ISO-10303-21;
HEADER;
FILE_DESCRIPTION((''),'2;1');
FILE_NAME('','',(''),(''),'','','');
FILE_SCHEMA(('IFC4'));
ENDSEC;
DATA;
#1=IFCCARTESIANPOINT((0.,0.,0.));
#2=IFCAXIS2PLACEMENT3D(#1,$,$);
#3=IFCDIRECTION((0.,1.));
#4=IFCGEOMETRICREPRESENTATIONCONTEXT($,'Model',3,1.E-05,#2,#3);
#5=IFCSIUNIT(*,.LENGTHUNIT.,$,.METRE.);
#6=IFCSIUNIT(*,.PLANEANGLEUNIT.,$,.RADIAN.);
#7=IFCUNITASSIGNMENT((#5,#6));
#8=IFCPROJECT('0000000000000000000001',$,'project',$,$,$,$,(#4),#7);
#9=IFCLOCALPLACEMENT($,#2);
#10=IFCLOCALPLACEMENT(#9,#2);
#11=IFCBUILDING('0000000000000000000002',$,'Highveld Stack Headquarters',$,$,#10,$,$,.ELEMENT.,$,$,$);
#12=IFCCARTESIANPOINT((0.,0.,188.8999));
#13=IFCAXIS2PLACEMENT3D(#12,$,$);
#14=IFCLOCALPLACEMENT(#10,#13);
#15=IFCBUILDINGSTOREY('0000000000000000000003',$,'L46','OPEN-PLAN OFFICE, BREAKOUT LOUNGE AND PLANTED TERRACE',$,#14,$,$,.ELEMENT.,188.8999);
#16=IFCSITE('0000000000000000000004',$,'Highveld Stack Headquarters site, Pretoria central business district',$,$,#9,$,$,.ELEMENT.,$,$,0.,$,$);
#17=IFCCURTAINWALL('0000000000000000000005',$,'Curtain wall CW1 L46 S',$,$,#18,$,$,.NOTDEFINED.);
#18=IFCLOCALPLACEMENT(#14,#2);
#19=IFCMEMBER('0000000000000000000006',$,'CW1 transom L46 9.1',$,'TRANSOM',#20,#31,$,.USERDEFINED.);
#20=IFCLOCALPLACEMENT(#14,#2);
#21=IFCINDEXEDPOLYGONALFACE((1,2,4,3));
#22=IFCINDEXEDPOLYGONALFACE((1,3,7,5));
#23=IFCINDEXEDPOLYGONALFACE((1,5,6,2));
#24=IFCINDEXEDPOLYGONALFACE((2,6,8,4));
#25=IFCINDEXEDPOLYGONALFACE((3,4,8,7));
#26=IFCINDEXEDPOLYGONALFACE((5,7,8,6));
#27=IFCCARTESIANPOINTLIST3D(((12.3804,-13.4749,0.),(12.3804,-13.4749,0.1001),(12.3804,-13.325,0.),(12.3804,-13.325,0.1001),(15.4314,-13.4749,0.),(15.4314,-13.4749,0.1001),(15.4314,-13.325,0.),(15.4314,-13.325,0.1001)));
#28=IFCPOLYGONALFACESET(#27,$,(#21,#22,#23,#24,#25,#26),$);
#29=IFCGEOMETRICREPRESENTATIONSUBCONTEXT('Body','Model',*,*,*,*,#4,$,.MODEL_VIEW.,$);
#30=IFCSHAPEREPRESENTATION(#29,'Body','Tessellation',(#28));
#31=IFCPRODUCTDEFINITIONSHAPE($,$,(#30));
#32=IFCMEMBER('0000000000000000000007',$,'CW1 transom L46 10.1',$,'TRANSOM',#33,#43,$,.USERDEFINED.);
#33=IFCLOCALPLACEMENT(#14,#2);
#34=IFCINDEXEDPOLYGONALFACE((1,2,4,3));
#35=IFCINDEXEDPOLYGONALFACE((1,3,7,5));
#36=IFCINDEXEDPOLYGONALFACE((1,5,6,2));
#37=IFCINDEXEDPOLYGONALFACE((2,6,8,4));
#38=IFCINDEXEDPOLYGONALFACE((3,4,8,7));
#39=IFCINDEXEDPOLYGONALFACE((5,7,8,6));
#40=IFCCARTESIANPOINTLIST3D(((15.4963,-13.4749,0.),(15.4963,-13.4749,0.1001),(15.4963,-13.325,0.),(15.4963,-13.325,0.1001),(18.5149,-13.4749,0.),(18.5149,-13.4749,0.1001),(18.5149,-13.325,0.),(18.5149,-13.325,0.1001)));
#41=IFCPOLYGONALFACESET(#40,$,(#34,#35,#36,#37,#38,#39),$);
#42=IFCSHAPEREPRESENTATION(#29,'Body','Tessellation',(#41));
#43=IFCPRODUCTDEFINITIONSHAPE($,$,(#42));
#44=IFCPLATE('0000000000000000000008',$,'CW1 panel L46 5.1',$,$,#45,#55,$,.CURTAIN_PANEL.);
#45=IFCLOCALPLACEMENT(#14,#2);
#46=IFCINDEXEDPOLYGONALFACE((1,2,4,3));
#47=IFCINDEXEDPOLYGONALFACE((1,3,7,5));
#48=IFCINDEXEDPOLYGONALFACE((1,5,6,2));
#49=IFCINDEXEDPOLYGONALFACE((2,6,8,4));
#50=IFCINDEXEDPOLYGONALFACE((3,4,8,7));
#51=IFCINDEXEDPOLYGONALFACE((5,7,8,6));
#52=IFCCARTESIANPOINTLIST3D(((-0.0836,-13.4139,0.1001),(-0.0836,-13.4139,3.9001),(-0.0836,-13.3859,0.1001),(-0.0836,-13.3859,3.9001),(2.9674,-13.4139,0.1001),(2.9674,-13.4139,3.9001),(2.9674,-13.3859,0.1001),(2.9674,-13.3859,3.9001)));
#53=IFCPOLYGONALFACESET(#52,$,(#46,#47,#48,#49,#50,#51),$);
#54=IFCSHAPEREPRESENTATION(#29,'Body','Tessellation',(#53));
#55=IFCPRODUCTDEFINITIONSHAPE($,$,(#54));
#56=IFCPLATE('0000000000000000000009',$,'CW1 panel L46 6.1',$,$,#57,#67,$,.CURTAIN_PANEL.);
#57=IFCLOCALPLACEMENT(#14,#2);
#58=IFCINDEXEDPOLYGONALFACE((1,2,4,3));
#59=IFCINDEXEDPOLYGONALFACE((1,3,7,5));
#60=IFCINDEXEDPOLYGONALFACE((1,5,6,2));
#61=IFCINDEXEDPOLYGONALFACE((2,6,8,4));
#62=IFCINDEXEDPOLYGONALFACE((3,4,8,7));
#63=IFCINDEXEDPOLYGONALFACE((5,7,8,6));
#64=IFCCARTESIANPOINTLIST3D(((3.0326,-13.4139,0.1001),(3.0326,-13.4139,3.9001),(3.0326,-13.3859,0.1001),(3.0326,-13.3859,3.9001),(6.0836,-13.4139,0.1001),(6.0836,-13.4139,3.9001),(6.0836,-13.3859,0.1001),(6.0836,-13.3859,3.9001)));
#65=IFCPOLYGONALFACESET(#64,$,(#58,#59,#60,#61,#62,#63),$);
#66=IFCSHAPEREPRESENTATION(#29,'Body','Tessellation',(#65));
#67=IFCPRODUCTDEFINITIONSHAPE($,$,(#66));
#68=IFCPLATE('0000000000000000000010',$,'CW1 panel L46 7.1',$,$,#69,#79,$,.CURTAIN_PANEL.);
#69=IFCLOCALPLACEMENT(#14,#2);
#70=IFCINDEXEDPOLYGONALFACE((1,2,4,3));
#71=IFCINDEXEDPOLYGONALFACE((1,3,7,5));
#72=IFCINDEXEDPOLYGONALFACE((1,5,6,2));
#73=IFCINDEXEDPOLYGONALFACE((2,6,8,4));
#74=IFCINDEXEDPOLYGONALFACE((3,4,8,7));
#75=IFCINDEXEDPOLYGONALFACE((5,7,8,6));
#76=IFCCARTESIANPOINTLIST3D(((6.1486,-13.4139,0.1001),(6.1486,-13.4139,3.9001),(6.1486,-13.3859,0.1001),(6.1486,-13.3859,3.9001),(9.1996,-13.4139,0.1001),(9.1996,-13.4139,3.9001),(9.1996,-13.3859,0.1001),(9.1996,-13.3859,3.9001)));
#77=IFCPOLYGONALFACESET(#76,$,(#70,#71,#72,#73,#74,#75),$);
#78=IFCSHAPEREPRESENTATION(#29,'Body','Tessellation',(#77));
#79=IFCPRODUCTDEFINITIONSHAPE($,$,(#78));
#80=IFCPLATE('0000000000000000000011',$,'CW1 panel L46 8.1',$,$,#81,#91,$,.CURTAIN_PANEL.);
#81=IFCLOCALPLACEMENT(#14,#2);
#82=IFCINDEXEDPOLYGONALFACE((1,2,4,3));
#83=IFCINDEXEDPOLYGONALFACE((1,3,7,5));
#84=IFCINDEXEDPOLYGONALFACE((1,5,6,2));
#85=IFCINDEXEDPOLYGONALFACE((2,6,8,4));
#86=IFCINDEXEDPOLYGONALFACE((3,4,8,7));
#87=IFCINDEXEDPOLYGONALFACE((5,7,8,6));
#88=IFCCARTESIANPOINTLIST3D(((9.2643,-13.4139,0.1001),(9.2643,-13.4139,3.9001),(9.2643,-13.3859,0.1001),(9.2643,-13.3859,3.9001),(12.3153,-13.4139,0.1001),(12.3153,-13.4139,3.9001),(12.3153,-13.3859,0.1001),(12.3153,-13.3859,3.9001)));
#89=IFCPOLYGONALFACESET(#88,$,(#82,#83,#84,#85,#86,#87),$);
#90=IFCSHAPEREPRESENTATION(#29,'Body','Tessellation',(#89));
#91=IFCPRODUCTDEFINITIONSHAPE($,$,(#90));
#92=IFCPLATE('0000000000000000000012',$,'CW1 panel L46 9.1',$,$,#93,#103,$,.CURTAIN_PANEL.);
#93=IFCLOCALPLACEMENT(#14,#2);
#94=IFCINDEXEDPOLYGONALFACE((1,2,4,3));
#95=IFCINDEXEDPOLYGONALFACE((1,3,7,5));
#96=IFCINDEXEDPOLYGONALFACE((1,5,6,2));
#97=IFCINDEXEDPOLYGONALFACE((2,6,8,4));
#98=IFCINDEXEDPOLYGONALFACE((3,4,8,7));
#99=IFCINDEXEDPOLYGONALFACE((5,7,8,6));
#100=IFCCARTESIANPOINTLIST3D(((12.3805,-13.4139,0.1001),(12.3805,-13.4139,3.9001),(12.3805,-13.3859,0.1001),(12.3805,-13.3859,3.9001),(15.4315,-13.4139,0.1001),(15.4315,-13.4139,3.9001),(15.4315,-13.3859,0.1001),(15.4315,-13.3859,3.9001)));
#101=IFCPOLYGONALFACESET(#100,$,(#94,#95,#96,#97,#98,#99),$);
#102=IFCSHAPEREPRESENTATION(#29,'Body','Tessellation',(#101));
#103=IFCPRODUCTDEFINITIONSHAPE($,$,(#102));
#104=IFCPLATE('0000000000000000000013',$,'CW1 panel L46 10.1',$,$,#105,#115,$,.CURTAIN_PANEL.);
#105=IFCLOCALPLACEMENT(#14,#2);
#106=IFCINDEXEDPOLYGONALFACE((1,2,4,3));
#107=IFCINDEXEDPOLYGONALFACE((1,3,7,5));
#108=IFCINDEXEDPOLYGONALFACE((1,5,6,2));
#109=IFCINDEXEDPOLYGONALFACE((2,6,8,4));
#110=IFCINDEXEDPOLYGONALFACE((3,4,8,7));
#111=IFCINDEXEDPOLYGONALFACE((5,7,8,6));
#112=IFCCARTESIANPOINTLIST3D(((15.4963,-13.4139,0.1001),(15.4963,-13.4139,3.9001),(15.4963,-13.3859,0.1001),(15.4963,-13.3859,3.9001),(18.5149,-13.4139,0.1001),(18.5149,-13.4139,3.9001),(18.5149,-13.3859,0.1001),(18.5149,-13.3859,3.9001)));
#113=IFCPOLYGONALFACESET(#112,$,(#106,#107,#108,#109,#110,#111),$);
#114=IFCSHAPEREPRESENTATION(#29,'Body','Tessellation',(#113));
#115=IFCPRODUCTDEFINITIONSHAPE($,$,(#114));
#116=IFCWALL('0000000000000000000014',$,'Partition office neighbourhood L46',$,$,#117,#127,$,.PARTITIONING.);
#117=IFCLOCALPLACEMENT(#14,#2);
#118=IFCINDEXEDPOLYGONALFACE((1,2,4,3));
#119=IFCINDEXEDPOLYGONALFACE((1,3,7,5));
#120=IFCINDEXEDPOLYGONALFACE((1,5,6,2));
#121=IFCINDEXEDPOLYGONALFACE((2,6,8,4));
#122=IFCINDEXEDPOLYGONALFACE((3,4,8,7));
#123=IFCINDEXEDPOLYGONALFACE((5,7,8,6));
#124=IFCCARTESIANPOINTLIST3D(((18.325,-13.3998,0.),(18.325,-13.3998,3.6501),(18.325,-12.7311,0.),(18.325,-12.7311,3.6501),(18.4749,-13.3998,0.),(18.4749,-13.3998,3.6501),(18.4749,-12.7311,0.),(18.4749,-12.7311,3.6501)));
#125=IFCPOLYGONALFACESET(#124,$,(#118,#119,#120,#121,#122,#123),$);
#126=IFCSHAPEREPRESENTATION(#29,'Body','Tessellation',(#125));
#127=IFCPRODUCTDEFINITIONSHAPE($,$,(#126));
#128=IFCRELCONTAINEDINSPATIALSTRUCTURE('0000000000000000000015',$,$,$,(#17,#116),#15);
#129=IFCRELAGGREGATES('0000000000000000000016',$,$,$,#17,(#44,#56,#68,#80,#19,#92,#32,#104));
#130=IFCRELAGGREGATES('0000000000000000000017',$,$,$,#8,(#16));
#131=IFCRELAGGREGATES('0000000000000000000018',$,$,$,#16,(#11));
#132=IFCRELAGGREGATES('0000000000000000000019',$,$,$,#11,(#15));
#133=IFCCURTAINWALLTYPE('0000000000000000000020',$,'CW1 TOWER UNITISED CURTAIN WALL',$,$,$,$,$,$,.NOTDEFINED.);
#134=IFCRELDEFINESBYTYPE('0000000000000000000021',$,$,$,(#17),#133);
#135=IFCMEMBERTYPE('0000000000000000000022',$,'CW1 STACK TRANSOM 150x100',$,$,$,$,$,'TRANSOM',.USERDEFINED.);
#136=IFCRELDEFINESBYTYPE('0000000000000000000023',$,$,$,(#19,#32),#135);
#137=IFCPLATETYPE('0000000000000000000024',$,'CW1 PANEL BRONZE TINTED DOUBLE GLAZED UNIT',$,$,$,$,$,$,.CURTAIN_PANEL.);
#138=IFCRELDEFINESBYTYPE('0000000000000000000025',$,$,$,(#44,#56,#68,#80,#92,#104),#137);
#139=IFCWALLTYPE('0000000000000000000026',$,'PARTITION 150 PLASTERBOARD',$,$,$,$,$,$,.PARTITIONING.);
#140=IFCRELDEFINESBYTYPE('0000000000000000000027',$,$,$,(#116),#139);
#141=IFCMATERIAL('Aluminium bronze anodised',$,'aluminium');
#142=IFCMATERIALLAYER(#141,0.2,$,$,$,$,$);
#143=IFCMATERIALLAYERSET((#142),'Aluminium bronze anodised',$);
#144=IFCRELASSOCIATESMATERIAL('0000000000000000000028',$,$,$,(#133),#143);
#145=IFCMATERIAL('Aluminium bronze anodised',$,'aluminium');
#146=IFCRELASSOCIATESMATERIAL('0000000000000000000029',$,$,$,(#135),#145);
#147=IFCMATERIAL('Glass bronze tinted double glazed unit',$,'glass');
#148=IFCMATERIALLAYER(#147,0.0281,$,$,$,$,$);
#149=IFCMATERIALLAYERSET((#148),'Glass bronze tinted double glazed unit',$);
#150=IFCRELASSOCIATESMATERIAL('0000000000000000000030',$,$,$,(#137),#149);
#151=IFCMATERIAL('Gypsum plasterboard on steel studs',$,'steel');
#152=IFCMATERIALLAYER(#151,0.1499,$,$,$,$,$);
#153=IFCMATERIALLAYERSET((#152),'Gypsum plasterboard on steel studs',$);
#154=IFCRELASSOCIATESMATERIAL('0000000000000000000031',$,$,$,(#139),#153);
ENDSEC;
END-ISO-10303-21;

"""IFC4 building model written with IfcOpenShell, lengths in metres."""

from ifc_helpers import new_model, si_unit, direction, frame, frame_2d, origin, origin_2d, place, context, subcontext, project, spatial, rectangle, extrude, material, layer, layer_set, material_profile, profile_set, type_object, element, aggregate, save


model = new_model("IFC4")

# Units and contexts
model_context = context("Model", 3, precision=1e-05, world=origin(), true_north=direction((0.0, 1.0)))
body_context = subcontext(model_context, "Body", "Model", "MODEL_VIEW")
ifc_project = project(units=[si_unit("LENGTHUNIT", "METRE"), si_unit("PLANEANGLEUNIT", "RADIAN")], contexts=[model_context])

# Site, building, storey
site_placement = place(None, origin())
site = spatial("IfcSite", under=ifc_project, at=site_placement, Name="Highveld Stack Headquarters site, Pretoria central business district", CompositionType="ELEMENT", RefElevation=0.0)
building_placement = place(site_placement, origin())
building = spatial("IfcBuilding", under=site, at=building_placement, Name="Highveld Stack Headquarters", CompositionType="ELEMENT")
storey_placement = place(building_placement, frame((0.0, 0.0, 188.8999)))
storey = spatial("IfcBuildingStorey", under=building, at=storey_placement, Name="L46", Description="OPEN-PLAN OFFICE, BREAKOUT LOUNGE AND PLANTED TERRACE", CompositionType="ELEMENT", Elevation=188.8999)

# Curtain wall, members, plates
ifc_material_1 = material(Name="Aluminium bronze anodised", Category="aluminium")
ifc_layer_1 = layer(ifc_material_1, 0.2)
ifc_layer_set_1 = layer_set([ifc_layer_1], Name="Aluminium bronze anodised")
curtain_wall_type = type_object("IfcCurtainWallType", Name="CW1 TOWER UNITISED CURTAIN WALL", PredefinedType="NOTDEFINED", material=ifc_layer_set_1)
curtain_wall_placement = place(storey_placement, origin())
curtain_wall = element("IfcCurtainWall", 1, at=curtain_wall_placement, inside=storey, type_object=curtain_wall_type, Name="Curtain wall CW1 L46 S", PredefinedType="NOTDEFINED")
ifc_material_2 = material(Name="Aluminium bronze anodised", Category="aluminium")
ifc_material_profile_1 = material_profile(ifc_material_2, rectangle(XDim=0.1499, YDim=0.1001, at=origin_2d()), Name="CW1 TRANSOM 150x100")
ifc_profile_set_1 = profile_set([ifc_material_profile_1], Name="Aluminium bronze anodised")
member_type_1 = type_object("IfcMemberType", Name="CW1 STACK TRANSOM 150x100", ElementType="TRANSOM", PredefinedType="USERDEFINED", material=ifc_profile_set_1)
member_1_placement = place(storey_placement, frame((12.3804, -13.3999, 0.05), z_axis=(1.0, 0.0, 0.0), x_axis=(0.0, 1.0, 0.0)))
member_1 = element("IfcMember", 2, at=member_1_placement, type_object=member_type_1, Name="CW1 transom L46 9.1", ObjectType="TRANSOM", PredefinedType="USERDEFINED", context=body_context, shape_type="SweptSolid", body=[
    extrude(rectangle(XDim=0.1499, YDim=0.1001, at=origin_2d()), origin(), (0.0, 0.0, 1.0), 3.051),
])
member_2_placement = place(storey_placement, frame((15.4963, -13.3999, 0.05), z_axis=(1.0, 0.0, 0.0), x_axis=(0.0, 1.0, 0.0)))
member_2 = element("IfcMember", 3, at=member_2_placement, type_object=member_type_1, Name="CW1 transom L46 10.1", ObjectType="TRANSOM", PredefinedType="USERDEFINED", context=body_context, shape_type="SweptSolid", body=[
    extrude(rectangle(XDim=0.1499, YDim=0.1001, at=origin_2d()), origin(), (0.0, 0.0, 1.0), 3.0186),
])
ifc_material_3 = material(Name="Glass bronze tinted double glazed unit", Category="glass")
ifc_layer_2 = layer(ifc_material_3, 0.0281)
ifc_layer_set_2 = layer_set([ifc_layer_2], Name="Glass bronze tinted double glazed unit")
plate_type = type_object("IfcPlateType", Name="CW1 PANEL BRONZE TINTED DOUBLE GLAZED UNIT", PredefinedType="CURTAIN_PANEL", material=ifc_layer_set_2)
plate_1_placement = place(storey_placement, frame((1.4419, -13.3999, 0.1001), z_axis=(0.0, 0.0, 1.0), x_axis=(1.0, 0.0, 0.0)))
plate_1 = element("IfcPlate", 4, at=plate_1_placement, type_object=plate_type, Name="CW1 panel L46 5.1", PredefinedType="CURTAIN_PANEL", context=body_context, shape_type="SweptSolid", body=[
    extrude(rectangle(XDim=3.051, YDim=0.0281, at=origin_2d()), origin(), (0.0, 0.0, 1.0), 3.8),
])
plate_2_placement = place(storey_placement, frame((4.5581, -13.3999, 0.1001), z_axis=(0.0, 0.0, 1.0), x_axis=(1.0, 0.0, 0.0)))
plate_2 = element("IfcPlate", 5, at=plate_2_placement, type_object=plate_type, Name="CW1 panel L46 6.1", PredefinedType="CURTAIN_PANEL", context=body_context, shape_type="SweptSolid", body=[
    extrude(rectangle(XDim=3.051, YDim=0.0281, at=origin_2d()), origin(), (0.0, 0.0, 1.0), 3.8),
])
plate_3_placement = place(storey_placement, frame((7.6741, -13.3999, 0.1001), z_axis=(0.0, 0.0, 1.0), x_axis=(1.0, 0.0, 0.0)))
plate_3 = element("IfcPlate", 6, at=plate_3_placement, type_object=plate_type, Name="CW1 panel L46 7.1", PredefinedType="CURTAIN_PANEL", context=body_context, shape_type="SweptSolid", body=[
    extrude(rectangle(XDim=3.051, YDim=0.0281, at=origin_2d()), origin(), (0.0, 0.0, 1.0), 3.8),
])
plate_4_placement = place(storey_placement, frame((10.7898, -13.3999, 0.1001), z_axis=(0.0, 0.0, 1.0), x_axis=(1.0, 0.0, 0.0)))
plate_4 = element("IfcPlate", 7, at=plate_4_placement, type_object=plate_type, Name="CW1 panel L46 8.1", PredefinedType="CURTAIN_PANEL", context=body_context, shape_type="SweptSolid", body=[
    extrude(rectangle(XDim=3.051, YDim=0.0281, at=origin_2d()), origin(), (0.0, 0.0, 1.0), 3.8),
])
plate_5_placement = place(storey_placement, frame((13.906, -13.3999, 0.1001), z_axis=(0.0, 0.0, 1.0), x_axis=(1.0, 0.0, 0.0)))
plate_5 = element("IfcPlate", 8, at=plate_5_placement, type_object=plate_type, Name="CW1 panel L46 9.1", PredefinedType="CURTAIN_PANEL", context=body_context, shape_type="SweptSolid", body=[
    extrude(rectangle(XDim=3.051, YDim=0.0281, at=origin_2d()), origin(), (0.0, 0.0, 1.0), 3.8),
])
plate_6_placement = place(storey_placement, frame((17.0056, -13.3999, 0.1001), z_axis=(0.0, 0.0, 1.0), x_axis=(1.0, 0.0, 0.0)))
plate_6 = element("IfcPlate", 9, at=plate_6_placement, type_object=plate_type, Name="CW1 panel L46 10.1", PredefinedType="CURTAIN_PANEL", context=body_context, shape_type="SweptSolid", body=[
    extrude(rectangle(XDim=3.0186, YDim=0.0281, at=origin_2d()), origin(), (0.0, 0.0, 1.0), 3.8),
])
aggregate(curtain_wall, [plate_1, plate_2, plate_3, plate_4, member_1, plate_5, member_2, plate_6])

# Wall
ifc_material_4 = material(Name="Gypsum plasterboard on steel studs", Category="steel")
ifc_layer_3 = layer(ifc_material_4, 0.1499)
ifc_layer_set_3 = layer_set([ifc_layer_3], Name="Gypsum plasterboard on steel studs")
wall_type = type_object("IfcWallType", Name="PARTITION 150 PLASTERBOARD", PredefinedType="PARTITIONING", material=ifc_layer_set_3)
wall_placement = place(storey_placement, frame((18.3999, -13.3999, 0.0), z_axis=(0.0, 0.0, 1.0), x_axis=(0.0, 1.0, 0.0)))
element("IfcWall", 10, at=wall_placement, inside=storey, type_object=wall_type, Name="Partition office neighbourhood L46", PredefinedType="PARTITIONING", context=body_context, shape_type="SweptSolid", body=[
    extrude(rectangle(XDim=0.6687, YDim=0.1499, at=frame_2d((0.3345, 0.0))), origin(), (0.0, 0.0, 1.0), 3.6501),
])

save(model, "model.ifc")
